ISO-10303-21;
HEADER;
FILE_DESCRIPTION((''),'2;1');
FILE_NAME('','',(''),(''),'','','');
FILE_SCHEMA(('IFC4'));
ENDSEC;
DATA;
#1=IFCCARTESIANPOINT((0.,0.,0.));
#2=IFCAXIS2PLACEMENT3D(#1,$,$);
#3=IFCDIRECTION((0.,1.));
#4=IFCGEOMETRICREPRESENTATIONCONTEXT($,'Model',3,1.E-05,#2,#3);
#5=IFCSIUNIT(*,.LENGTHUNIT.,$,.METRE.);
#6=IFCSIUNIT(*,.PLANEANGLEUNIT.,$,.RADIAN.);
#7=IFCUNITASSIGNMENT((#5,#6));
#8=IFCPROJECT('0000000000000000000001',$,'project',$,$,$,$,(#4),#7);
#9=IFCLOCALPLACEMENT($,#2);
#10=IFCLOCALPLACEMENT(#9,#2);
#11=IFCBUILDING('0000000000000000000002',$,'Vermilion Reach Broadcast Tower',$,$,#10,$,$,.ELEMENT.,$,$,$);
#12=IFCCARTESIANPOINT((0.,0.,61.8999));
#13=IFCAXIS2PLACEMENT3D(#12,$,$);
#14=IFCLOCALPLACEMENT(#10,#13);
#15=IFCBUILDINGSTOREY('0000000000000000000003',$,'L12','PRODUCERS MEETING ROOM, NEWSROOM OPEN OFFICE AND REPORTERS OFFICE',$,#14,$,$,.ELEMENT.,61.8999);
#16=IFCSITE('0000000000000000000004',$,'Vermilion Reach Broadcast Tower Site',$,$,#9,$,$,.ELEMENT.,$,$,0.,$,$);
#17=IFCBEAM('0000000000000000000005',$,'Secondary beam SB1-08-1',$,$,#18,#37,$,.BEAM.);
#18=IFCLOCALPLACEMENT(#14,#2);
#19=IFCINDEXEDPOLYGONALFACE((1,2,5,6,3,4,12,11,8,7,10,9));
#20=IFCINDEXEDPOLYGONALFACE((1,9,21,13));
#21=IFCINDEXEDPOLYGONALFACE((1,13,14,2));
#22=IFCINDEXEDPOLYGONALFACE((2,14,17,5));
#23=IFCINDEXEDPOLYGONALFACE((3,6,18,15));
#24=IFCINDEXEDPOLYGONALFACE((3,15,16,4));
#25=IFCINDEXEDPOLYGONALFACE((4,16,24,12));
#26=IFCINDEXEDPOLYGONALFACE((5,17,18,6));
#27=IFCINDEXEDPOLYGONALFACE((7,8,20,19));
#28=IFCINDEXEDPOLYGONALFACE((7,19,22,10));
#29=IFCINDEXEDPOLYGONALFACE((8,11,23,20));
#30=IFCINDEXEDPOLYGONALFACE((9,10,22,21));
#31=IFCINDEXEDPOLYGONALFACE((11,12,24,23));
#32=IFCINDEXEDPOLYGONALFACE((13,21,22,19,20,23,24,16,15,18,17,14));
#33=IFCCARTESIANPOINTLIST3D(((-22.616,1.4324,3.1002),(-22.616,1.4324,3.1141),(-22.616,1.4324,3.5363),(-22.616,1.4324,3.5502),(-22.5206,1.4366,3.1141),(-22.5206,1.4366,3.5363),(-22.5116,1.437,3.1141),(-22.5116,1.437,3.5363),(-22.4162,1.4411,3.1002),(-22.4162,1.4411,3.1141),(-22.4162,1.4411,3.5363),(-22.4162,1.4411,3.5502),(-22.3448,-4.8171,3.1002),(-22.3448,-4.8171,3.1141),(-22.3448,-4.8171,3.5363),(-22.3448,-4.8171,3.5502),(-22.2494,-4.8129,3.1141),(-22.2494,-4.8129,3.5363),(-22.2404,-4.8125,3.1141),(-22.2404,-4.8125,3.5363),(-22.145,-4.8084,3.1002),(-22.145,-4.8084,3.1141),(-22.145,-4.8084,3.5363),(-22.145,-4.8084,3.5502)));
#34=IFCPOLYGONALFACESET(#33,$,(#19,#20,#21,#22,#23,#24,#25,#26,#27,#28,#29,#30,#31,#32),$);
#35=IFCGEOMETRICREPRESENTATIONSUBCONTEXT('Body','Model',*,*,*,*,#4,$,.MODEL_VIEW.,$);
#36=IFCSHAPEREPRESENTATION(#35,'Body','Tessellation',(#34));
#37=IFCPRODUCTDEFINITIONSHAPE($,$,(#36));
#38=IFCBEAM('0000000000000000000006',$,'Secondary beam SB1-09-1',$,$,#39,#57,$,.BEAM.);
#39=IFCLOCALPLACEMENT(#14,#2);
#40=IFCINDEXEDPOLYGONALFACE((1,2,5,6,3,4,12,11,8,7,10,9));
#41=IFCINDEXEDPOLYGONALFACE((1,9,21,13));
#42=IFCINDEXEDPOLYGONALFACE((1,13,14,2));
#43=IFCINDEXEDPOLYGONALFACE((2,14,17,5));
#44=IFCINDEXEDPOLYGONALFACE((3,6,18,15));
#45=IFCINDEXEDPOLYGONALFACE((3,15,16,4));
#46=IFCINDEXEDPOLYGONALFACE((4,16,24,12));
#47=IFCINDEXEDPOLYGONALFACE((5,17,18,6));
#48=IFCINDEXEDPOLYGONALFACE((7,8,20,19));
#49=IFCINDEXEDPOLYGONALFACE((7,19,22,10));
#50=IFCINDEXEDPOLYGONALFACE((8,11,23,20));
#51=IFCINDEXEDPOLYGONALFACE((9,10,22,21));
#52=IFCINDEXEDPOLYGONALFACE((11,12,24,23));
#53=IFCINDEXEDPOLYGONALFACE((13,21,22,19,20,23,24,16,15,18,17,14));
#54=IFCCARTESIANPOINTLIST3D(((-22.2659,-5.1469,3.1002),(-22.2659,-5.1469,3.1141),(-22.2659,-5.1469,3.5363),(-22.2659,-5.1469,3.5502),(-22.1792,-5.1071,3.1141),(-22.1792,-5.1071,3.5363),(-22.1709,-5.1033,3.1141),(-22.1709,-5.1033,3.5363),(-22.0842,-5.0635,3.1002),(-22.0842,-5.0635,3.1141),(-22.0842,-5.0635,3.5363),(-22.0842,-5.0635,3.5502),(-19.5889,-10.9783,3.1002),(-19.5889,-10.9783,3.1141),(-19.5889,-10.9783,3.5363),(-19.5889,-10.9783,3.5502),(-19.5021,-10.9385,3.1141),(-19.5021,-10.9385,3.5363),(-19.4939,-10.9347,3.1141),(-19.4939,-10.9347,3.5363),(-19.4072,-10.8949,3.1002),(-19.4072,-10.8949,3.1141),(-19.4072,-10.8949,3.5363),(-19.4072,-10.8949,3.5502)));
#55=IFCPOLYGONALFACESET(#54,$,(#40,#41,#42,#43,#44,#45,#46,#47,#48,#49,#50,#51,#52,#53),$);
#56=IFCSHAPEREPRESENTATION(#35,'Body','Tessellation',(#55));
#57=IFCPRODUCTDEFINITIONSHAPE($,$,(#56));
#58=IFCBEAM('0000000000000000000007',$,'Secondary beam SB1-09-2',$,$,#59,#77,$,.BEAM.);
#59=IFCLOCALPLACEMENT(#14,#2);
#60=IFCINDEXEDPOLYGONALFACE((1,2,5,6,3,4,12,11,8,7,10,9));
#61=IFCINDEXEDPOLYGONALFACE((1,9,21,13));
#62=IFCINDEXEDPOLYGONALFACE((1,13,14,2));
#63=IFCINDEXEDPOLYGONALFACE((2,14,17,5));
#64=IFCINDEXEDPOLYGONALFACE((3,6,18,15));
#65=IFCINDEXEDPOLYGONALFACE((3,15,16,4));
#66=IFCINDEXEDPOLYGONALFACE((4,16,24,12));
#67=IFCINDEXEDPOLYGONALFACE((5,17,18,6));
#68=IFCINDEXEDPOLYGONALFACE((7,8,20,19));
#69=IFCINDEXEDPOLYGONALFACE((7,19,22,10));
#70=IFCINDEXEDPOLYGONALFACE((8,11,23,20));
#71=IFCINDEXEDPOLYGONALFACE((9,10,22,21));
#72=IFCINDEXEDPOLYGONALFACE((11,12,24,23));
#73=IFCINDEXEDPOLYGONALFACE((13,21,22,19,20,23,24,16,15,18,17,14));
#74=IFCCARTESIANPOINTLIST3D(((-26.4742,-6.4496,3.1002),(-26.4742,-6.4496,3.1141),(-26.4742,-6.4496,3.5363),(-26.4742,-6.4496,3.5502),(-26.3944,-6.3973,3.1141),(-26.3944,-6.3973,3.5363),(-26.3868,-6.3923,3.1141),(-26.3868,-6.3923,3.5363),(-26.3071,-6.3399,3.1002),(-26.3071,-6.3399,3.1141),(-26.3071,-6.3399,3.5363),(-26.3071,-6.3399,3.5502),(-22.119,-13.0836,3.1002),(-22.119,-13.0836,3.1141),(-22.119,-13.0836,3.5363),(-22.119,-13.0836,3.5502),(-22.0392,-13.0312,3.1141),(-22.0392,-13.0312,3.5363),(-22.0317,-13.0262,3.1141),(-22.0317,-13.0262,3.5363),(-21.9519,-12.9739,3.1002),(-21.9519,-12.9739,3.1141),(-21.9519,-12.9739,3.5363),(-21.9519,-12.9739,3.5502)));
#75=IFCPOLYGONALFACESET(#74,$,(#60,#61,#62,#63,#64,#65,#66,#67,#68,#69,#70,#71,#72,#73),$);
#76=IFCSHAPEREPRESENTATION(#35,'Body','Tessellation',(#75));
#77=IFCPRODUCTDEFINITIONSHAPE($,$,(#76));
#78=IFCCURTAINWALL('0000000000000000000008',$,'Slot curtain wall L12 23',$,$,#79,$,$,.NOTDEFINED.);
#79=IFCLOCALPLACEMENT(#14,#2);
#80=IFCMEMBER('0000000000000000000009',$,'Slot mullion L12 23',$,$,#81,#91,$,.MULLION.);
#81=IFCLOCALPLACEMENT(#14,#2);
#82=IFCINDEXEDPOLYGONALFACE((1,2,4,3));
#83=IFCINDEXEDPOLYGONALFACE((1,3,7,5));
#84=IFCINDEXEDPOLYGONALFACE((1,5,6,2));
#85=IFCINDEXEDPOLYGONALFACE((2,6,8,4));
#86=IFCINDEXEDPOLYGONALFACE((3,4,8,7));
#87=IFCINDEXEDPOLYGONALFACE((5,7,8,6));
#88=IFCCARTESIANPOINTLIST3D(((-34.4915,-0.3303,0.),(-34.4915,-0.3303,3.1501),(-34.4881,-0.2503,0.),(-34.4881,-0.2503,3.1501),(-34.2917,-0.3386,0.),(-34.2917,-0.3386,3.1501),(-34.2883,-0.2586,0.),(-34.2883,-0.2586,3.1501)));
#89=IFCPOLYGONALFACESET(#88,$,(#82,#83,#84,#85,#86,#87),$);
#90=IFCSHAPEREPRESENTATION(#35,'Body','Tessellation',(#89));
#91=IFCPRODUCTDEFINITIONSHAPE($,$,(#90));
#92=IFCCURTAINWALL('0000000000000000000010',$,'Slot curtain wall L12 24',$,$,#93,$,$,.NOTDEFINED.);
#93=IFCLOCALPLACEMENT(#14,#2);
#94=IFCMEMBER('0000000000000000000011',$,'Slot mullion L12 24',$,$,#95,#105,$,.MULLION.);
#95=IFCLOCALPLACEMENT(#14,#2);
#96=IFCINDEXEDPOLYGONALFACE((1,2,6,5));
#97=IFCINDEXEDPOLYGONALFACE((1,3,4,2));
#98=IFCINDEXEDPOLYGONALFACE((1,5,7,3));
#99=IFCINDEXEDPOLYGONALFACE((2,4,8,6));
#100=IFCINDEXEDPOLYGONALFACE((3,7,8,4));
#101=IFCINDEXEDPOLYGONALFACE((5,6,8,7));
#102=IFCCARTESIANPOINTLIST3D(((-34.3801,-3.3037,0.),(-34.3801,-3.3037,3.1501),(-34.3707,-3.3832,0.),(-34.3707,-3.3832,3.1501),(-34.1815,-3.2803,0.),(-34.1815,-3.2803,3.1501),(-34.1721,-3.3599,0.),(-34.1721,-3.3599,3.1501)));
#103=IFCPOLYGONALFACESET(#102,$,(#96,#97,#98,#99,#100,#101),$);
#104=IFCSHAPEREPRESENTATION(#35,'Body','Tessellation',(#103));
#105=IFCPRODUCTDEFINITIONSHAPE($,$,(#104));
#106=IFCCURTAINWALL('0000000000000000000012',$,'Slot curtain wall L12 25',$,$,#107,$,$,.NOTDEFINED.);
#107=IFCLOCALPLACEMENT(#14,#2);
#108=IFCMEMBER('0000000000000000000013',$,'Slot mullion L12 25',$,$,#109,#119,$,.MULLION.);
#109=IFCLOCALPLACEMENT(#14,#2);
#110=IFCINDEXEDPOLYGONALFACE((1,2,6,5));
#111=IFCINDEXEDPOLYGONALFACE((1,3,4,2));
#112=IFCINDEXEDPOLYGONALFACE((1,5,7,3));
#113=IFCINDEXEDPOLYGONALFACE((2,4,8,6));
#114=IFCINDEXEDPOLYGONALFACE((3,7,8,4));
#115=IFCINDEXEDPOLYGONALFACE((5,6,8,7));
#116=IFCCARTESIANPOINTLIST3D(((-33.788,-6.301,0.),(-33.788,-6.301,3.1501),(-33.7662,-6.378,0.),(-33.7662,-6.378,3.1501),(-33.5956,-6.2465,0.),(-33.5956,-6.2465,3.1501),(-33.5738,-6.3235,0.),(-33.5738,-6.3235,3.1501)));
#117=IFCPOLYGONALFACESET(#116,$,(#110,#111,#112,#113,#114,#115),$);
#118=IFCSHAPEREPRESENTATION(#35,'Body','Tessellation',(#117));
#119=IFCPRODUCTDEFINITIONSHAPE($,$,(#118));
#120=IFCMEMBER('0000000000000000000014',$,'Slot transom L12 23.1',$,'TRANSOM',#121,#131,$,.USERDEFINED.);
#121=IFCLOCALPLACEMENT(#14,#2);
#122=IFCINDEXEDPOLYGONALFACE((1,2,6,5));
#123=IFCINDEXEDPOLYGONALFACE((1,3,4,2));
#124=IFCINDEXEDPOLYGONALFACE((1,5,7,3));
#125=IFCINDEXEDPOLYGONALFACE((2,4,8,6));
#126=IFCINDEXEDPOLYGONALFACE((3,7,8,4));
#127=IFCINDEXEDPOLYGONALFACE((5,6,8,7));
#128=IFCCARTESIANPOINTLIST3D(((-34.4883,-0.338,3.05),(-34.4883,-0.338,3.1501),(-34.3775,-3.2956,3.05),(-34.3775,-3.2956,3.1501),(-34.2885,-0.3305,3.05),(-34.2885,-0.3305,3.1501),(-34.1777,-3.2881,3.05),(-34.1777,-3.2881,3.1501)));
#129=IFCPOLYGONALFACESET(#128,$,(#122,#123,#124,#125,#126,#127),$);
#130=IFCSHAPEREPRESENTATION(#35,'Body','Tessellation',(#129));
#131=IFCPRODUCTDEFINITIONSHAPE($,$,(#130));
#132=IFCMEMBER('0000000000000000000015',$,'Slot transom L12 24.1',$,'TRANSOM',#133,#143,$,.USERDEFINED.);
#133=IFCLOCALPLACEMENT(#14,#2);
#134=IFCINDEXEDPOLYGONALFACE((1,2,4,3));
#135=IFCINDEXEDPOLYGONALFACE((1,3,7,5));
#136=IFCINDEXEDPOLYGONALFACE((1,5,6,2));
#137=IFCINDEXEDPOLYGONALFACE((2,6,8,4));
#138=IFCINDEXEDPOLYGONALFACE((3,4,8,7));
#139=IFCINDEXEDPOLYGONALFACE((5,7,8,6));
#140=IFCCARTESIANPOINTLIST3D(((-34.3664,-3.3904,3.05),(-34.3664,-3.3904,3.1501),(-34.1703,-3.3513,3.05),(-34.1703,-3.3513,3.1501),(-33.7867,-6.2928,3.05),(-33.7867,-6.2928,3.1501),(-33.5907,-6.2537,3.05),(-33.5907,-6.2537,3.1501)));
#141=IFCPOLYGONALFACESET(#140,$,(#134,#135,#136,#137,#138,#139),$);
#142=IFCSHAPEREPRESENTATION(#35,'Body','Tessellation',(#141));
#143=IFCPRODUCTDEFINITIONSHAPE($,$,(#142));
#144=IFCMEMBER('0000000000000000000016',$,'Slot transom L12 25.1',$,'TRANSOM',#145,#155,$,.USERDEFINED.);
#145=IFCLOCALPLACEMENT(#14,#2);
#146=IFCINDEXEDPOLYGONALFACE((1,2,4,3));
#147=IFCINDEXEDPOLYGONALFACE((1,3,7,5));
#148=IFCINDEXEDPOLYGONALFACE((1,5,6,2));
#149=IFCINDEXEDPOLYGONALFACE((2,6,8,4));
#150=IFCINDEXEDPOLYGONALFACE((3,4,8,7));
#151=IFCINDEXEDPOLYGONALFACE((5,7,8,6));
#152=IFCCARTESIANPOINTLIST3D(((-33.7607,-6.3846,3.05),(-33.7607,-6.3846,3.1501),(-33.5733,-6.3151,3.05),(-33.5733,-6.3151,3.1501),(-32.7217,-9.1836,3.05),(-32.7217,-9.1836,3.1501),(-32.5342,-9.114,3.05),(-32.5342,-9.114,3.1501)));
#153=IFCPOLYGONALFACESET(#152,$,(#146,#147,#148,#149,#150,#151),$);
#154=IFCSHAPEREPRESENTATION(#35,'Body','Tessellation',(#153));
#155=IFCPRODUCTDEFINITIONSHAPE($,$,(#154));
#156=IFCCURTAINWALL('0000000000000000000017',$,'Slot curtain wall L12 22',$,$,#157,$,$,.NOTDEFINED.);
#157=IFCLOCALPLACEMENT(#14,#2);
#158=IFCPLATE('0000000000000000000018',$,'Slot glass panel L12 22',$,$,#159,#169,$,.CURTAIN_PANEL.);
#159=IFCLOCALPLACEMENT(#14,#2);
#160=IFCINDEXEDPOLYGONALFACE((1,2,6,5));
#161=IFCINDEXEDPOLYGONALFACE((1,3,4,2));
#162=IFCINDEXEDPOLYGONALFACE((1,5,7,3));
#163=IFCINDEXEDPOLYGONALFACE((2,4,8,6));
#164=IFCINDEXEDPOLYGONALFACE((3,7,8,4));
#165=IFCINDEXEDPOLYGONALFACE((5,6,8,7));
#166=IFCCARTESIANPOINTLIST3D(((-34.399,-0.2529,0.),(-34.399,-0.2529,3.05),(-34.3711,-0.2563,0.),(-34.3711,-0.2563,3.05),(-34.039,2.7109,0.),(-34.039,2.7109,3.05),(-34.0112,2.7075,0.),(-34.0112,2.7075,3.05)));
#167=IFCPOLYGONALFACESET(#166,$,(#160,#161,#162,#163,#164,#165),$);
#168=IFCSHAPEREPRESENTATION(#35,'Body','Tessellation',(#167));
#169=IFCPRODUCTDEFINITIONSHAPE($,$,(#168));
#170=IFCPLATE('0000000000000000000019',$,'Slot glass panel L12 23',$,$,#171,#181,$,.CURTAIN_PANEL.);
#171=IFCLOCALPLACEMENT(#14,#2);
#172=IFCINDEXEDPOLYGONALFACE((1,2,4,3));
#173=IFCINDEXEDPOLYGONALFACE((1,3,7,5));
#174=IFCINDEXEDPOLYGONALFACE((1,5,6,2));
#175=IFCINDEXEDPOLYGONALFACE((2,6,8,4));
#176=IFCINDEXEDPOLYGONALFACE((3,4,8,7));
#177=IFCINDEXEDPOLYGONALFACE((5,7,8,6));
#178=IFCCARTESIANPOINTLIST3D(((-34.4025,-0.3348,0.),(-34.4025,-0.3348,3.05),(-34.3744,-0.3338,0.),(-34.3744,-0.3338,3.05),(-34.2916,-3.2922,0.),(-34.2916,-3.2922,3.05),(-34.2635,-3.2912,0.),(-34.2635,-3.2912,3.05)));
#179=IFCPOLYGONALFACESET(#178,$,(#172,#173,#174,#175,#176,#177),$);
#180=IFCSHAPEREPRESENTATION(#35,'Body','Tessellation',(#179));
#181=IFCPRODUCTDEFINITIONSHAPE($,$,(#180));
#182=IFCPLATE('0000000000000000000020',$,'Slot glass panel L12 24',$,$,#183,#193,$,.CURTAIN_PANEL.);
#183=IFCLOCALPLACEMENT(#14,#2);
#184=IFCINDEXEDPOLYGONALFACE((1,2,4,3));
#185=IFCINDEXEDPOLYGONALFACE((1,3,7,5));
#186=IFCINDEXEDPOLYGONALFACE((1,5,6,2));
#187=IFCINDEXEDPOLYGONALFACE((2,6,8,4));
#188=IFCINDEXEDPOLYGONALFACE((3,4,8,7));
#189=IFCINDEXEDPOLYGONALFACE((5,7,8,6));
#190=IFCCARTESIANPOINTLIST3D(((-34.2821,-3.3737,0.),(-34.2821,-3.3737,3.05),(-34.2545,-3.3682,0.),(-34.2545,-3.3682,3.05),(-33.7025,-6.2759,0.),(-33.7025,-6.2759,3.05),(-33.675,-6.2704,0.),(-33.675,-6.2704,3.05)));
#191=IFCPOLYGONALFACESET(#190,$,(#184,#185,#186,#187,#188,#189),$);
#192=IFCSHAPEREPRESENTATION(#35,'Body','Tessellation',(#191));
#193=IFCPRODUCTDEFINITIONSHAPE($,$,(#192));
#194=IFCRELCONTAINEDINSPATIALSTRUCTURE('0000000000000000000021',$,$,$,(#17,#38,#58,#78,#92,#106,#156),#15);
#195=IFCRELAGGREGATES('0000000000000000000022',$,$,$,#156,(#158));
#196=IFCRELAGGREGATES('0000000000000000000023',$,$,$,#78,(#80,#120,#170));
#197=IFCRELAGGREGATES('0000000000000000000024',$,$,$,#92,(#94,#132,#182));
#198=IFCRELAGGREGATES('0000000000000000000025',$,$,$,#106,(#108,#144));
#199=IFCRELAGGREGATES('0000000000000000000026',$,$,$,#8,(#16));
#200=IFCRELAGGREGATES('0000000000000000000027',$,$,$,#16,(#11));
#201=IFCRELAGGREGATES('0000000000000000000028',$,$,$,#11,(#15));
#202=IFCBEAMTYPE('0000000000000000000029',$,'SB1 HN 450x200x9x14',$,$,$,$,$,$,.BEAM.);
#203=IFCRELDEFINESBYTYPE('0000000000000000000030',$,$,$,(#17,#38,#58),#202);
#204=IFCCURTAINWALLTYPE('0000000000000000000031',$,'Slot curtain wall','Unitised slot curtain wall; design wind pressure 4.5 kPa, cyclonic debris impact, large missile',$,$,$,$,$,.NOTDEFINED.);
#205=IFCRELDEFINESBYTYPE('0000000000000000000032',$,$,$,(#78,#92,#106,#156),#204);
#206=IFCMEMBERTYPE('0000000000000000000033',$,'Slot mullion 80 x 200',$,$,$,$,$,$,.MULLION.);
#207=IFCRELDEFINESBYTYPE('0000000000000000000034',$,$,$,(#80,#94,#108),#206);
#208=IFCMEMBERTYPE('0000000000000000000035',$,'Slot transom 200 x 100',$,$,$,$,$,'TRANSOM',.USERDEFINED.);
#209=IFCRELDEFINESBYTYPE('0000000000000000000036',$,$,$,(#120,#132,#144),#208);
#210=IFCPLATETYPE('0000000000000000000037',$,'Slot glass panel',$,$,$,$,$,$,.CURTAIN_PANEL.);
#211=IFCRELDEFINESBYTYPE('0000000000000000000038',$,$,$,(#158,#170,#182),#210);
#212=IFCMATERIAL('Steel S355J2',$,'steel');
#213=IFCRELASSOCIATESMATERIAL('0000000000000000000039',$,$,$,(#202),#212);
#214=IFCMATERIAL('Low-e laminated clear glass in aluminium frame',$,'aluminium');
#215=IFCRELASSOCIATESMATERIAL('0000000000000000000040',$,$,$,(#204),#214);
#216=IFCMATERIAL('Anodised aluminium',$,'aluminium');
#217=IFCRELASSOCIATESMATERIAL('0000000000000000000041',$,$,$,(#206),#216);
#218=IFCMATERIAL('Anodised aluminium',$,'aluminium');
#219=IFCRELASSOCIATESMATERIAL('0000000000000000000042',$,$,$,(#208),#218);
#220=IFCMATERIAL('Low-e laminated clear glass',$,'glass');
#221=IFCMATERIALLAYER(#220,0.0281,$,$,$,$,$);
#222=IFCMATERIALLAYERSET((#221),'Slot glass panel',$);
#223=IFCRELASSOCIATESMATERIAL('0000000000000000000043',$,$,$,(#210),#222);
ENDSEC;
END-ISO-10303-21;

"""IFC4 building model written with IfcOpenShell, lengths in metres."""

from ifc_helpers import new_model, si_unit, direction, frame, origin, origin_2d, place, context, subcontext, project, spatial, rectangle, i_section, extrude, material, layer, layer_set, material_profile, profile_set, type_object, element, aggregate, save


model = new_model("IFC4")

# Units and contexts
model_context = context("Model", 3, precision=1e-05, world=origin(), true_north=direction((0.0, 1.0)))
body_context = subcontext(model_context, "Body", "Model", "MODEL_VIEW")
ifc_project = project(units=[si_unit("LENGTHUNIT", "METRE"), si_unit("PLANEANGLEUNIT", "RADIAN")], contexts=[model_context])

# Site, building, storey
site_placement = place(None, origin())
site = spatial("IfcSite", under=ifc_project, at=site_placement, Name="Vermilion Reach Broadcast Tower Site", CompositionType="ELEMENT", RefElevation=0.0)
building_placement = place(site_placement, origin())
building = spatial("IfcBuilding", under=site, at=building_placement, Name="Vermilion Reach Broadcast Tower", CompositionType="ELEMENT")
storey_placement = place(building_placement, frame((0.0, 0.0, 61.8999)))
storey = spatial("IfcBuildingStorey", under=building, at=storey_placement, Name="L12", Description="PRODUCERS MEETING ROOM, NEWSROOM OPEN OFFICE AND REPORTERS OFFICE", CompositionType="ELEMENT", Elevation=61.8999)

# Beams
ifc_material_1 = material(Name="Steel S355J2", Category="steel")
ifc_material_profile_1 = material_profile(ifc_material_1, i_section(OverallWidth=0.2, OverallDepth=0.45, WebThickness=0.009, FlangeThickness=0.0139, at=origin_2d()), Name="S355J2 HN 450x200x9x14")
ifc_profile_set_1 = profile_set([ifc_material_profile_1], Name="Steel S355J2")
beam_type_1 = type_object("IfcBeamType", Name="SB1 HN 450x200x9x14", PredefinedType="BEAM", material=ifc_profile_set_1)
beam_1_placement = place(storey_placement, frame((-22.5161, 1.4368, 3.3252), z_axis=(0.043361, -0.999059, 0.0), x_axis=(0.999059, 0.043361, 0.0)))
element("IfcBeam", 1, at=beam_1_placement, inside=storey, type_object=beam_type_1, Name="Secondary beam SB1-08-1", PredefinedType="BEAM", context=body_context, shape_type="SweptSolid", body=[
    extrude(i_section(OverallWidth=0.2, OverallDepth=0.45, WebThickness=0.009, FlangeThickness=0.0139, at=origin_2d()), origin(), (0.0, 0.0, 1.0), 6.2554),
])
beam_2_placement = place(storey_placement, frame((-22.175, -5.1052, 3.3252), z_axis=(0.417211, -0.908809, 0.0), x_axis=(0.908809, 0.417211, 0.0)))
element("IfcBeam", 2, at=beam_2_placement, inside=storey, type_object=beam_type_1, Name="Secondary beam SB1-09-1", PredefinedType="BEAM", context=body_context, shape_type="SweptSolid", body=[
    extrude(i_section(OverallWidth=0.2, OverallDepth=0.45, WebThickness=0.009, FlangeThickness=0.0139, at=origin_2d()), origin(), (0.0, 0.0, 1.0), 6.4165),
])
beam_3_placement = place(storey_placement, frame((-26.3906, -6.3948, 3.3252), z_axis=(0.548801, -0.835953, 0.0), x_axis=(0.835953, 0.548801, 0.0)))
element("IfcBeam", 3, at=beam_3_placement, inside=storey, type_object=beam_type_1, Name="Secondary beam SB1-09-2", PredefinedType="BEAM", context=body_context, shape_type="SweptSolid", body=[
    extrude(i_section(OverallWidth=0.2, OverallDepth=0.45, WebThickness=0.009, FlangeThickness=0.0139, at=origin_2d()), origin(), (0.0, 0.0, 1.0), 7.9358),
])

# Curtain walls, members
ifc_material_2 = material(Name="Low-e laminated clear glass in aluminium frame", Category="aluminium")
curtain_wall_type = type_object("IfcCurtainWallType", Name="Slot curtain wall", Description="Unitised slot curtain wall; design wind pressure 4.5 kPa, cyclonic debris impact, large missile", PredefinedType="NOTDEFINED", material=ifc_material_2)
placement = place(storey_placement, origin())
curtain_wall_1 = element("IfcCurtainWall", 4, at=placement, inside=storey, type_object=curtain_wall_type, Name="Slot curtain wall L12 23", PredefinedType="NOTDEFINED")
ifc_material_3 = material(Name="Anodised aluminium", Category="aluminium")
ifc_material_profile_2 = material_profile(ifc_material_3, rectangle(XDim=0.2, YDim=0.0801, at=origin_2d()), Name="Slot mullion 80 x 200")
ifc_profile_set_2 = profile_set([ifc_material_profile_2], Name="Anodised aluminium")
member_type_1 = type_object("IfcMemberType", Name="Slot mullion 80 x 200", PredefinedType="MULLION", material=ifc_profile_set_2)
member_1_placement = place(storey_placement, frame((-34.3899, -0.2944, 0.0), z_axis=(0.0, 0.0, 1.0), x_axis=(0.999131, -0.041682, 0.0)))
member_1 = element("IfcMember", 5, at=member_1_placement, type_object=member_type_1, Name="Slot mullion L12 23", PredefinedType="MULLION", context=body_context, shape_type="SweptSolid", body=[
    extrude(rectangle(XDim=0.2, YDim=0.0801, at=origin_2d()), origin(), (0.0, 0.0, 1.0), 3.1501),
])
curtain_wall_2 = element("IfcCurtainWall", 6, at=placement, inside=storey, type_object=curtain_wall_type, Name="Slot curtain wall L12 24", PredefinedType="NOTDEFINED")
member_2_placement = place(storey_placement, frame((-34.2761, -3.3318, 0.0), z_axis=(0.0, 0.0, 1.0), x_axis=(0.99313, 0.117017, 0.0)))
member_2 = element("IfcMember", 7, at=member_2_placement, type_object=member_type_1, Name="Slot mullion L12 24", PredefinedType="MULLION", context=body_context, shape_type="SweptSolid", body=[
    extrude(rectangle(XDim=0.2, YDim=0.0801, at=origin_2d()), origin(), (0.0, 0.0, 1.0), 3.1501),
])
curtain_wall_3 = element("IfcCurtainWall", 8, at=placement, inside=storey, type_object=curtain_wall_type, Name="Slot curtain wall L12 25", PredefinedType="NOTDEFINED")
member_3_placement = place(storey_placement, frame((-33.6809, -6.3123, 0.0), z_axis=(0.0, 0.0, 1.0), x_axis=(0.962081, 0.272765, 0.0)))
member_3 = element("IfcMember", 9, at=member_3_placement, type_object=member_type_1, Name="Slot mullion L12 25", PredefinedType="MULLION", context=body_context, shape_type="SweptSolid", body=[
    extrude(rectangle(XDim=0.2, YDim=0.0801, at=origin_2d()), origin(), (0.0, 0.0, 1.0), 3.1501),
])

# Members
ifc_material_4 = material(Name="Anodised aluminium", Category="aluminium")
ifc_material_profile_3 = material_profile(ifc_material_4, rectangle(XDim=0.2, YDim=0.1001, at=origin_2d()), Name="Slot transom 200 x 100")
ifc_profile_set_3 = profile_set([ifc_material_profile_3], Name="Anodised aluminium")
member_type_2 = type_object("IfcMemberType", Name="Slot transom 200 x 100", ElementType="TRANSOM", PredefinedType="USERDEFINED", material=ifc_profile_set_3)
member_4_placement = place(storey_placement, frame((-34.3884, -0.3342, 3.1001), z_axis=(0.037451, -0.999298, 0.0), x_axis=(0.999298, 0.037451, 0.0)))
member_4 = element("IfcMember", 10, at=member_4_placement, type_object=member_type_2, Name="Slot transom L12 23.1", ObjectType="TRANSOM", PredefinedType="USERDEFINED", context=body_context, shape_type="SweptSolid", body=[
    extrude(rectangle(XDim=0.2, YDim=0.1001, at=origin_2d()), origin(), (0.0, 0.0, 1.0), 2.9597),
])
member_5_placement = place(storey_placement, frame((-34.2683, -3.3708, 3.1001), z_axis=(0.195831, -0.980638, 0.0), x_axis=(0.980638, 0.195831, 0.0)))
member_5 = element("IfcMember", 11, at=member_5_placement, type_object=member_type_2, Name="Slot transom L12 24.1", ObjectType="TRANSOM", PredefinedType="USERDEFINED", context=body_context, shape_type="SweptSolid", body=[
    extrude(rectangle(XDim=0.2, YDim=0.1001, at=origin_2d()), origin(), (0.0, 0.0, 1.0), 2.9597),
])
member_6_placement = place(storey_placement, frame((-33.667, -6.3499, 3.1001), z_axis=(0.348012, -0.93749, 0.0), x_axis=(0.93749, 0.348012, 0.0)))
member_6 = element("IfcMember", 12, at=member_6_placement, type_object=member_type_2, Name="Slot transom L12 25.1", ObjectType="TRANSOM", PredefinedType="USERDEFINED", context=body_context, shape_type="SweptSolid", body=[
    extrude(rectangle(XDim=0.2, YDim=0.1001, at=origin_2d()), origin(), (0.0, 0.0, 1.0), 2.9856),
])

# Curtain wall, plate
curtain_wall_4 = element("IfcCurtainWall", 13, at=placement, inside=storey, type_object=curtain_wall_type, Name="Slot curtain wall L12 22", PredefinedType="NOTDEFINED")
ifc_material_5 = material(Name="Low-e laminated clear glass", Category="glass")
ifc_layer_1 = layer(ifc_material_5, 0.0281)
ifc_layer_set_1 = layer_set([ifc_layer_1], Name="Slot glass panel")
plate_type = type_object("IfcPlateType", Name="Slot glass panel", PredefinedType="CURTAIN_PANEL", material=ifc_layer_set_1)
plate_1_placement = place(storey_placement, frame((-34.2051, 1.2273, 0.0), z_axis=(0.0, 0.0, 1.0), x_axis=(-0.120562, -0.992706, 0.0)))
plate_1 = element("IfcPlate", 14, at=plate_1_placement, type_object=plate_type, Name="Slot glass panel L12 22", PredefinedType="CURTAIN_PANEL", context=body_context, shape_type="SweptSolid", body=[
    extrude(rectangle(XDim=2.9856, YDim=0.0281, at=origin_2d()), origin(), (0.0, 0.0, 1.0), 3.05),
])
aggregate(curtain_wall_4, [plate_1])

# Plates
plate_2_placement = place(storey_placement, frame((-34.333, -1.813, 0.0), z_axis=(0.0, 0.0, 1.0), x_axis=(0.037459, -0.999298, 0.0)))
plate_2 = element("IfcPlate", 15, at=plate_2_placement, type_object=plate_type, Name="Slot glass panel L12 23", PredefinedType="CURTAIN_PANEL", context=body_context, shape_type="SweptSolid", body=[
    extrude(rectangle(XDim=2.9595, YDim=0.0281, at=origin_2d()), origin(), (0.0, 0.0, 1.0), 3.05),
])
aggregate(curtain_wall_1, [member_1, member_4, plate_2])
plate_3_placement = place(storey_placement, frame((-33.9785, -4.822, 0.0), z_axis=(0.0, 0.0, 1.0), x_axis=(0.19583, -0.980638, 0.0)))
plate_3 = element("IfcPlate", 16, at=plate_3_placement, type_object=plate_type, Name="Slot glass panel L12 24", PredefinedType="CURTAIN_PANEL", context=body_context, shape_type="SweptSolid", body=[
    extrude(rectangle(XDim=2.9595, YDim=0.0281, at=origin_2d()), origin(), (0.0, 0.0, 1.0), 3.05),
])
aggregate(curtain_wall_2, [member_2, member_5, plate_3])
aggregate(curtain_wall_3, [member_3, member_6])

save(model, "model.ifc")
